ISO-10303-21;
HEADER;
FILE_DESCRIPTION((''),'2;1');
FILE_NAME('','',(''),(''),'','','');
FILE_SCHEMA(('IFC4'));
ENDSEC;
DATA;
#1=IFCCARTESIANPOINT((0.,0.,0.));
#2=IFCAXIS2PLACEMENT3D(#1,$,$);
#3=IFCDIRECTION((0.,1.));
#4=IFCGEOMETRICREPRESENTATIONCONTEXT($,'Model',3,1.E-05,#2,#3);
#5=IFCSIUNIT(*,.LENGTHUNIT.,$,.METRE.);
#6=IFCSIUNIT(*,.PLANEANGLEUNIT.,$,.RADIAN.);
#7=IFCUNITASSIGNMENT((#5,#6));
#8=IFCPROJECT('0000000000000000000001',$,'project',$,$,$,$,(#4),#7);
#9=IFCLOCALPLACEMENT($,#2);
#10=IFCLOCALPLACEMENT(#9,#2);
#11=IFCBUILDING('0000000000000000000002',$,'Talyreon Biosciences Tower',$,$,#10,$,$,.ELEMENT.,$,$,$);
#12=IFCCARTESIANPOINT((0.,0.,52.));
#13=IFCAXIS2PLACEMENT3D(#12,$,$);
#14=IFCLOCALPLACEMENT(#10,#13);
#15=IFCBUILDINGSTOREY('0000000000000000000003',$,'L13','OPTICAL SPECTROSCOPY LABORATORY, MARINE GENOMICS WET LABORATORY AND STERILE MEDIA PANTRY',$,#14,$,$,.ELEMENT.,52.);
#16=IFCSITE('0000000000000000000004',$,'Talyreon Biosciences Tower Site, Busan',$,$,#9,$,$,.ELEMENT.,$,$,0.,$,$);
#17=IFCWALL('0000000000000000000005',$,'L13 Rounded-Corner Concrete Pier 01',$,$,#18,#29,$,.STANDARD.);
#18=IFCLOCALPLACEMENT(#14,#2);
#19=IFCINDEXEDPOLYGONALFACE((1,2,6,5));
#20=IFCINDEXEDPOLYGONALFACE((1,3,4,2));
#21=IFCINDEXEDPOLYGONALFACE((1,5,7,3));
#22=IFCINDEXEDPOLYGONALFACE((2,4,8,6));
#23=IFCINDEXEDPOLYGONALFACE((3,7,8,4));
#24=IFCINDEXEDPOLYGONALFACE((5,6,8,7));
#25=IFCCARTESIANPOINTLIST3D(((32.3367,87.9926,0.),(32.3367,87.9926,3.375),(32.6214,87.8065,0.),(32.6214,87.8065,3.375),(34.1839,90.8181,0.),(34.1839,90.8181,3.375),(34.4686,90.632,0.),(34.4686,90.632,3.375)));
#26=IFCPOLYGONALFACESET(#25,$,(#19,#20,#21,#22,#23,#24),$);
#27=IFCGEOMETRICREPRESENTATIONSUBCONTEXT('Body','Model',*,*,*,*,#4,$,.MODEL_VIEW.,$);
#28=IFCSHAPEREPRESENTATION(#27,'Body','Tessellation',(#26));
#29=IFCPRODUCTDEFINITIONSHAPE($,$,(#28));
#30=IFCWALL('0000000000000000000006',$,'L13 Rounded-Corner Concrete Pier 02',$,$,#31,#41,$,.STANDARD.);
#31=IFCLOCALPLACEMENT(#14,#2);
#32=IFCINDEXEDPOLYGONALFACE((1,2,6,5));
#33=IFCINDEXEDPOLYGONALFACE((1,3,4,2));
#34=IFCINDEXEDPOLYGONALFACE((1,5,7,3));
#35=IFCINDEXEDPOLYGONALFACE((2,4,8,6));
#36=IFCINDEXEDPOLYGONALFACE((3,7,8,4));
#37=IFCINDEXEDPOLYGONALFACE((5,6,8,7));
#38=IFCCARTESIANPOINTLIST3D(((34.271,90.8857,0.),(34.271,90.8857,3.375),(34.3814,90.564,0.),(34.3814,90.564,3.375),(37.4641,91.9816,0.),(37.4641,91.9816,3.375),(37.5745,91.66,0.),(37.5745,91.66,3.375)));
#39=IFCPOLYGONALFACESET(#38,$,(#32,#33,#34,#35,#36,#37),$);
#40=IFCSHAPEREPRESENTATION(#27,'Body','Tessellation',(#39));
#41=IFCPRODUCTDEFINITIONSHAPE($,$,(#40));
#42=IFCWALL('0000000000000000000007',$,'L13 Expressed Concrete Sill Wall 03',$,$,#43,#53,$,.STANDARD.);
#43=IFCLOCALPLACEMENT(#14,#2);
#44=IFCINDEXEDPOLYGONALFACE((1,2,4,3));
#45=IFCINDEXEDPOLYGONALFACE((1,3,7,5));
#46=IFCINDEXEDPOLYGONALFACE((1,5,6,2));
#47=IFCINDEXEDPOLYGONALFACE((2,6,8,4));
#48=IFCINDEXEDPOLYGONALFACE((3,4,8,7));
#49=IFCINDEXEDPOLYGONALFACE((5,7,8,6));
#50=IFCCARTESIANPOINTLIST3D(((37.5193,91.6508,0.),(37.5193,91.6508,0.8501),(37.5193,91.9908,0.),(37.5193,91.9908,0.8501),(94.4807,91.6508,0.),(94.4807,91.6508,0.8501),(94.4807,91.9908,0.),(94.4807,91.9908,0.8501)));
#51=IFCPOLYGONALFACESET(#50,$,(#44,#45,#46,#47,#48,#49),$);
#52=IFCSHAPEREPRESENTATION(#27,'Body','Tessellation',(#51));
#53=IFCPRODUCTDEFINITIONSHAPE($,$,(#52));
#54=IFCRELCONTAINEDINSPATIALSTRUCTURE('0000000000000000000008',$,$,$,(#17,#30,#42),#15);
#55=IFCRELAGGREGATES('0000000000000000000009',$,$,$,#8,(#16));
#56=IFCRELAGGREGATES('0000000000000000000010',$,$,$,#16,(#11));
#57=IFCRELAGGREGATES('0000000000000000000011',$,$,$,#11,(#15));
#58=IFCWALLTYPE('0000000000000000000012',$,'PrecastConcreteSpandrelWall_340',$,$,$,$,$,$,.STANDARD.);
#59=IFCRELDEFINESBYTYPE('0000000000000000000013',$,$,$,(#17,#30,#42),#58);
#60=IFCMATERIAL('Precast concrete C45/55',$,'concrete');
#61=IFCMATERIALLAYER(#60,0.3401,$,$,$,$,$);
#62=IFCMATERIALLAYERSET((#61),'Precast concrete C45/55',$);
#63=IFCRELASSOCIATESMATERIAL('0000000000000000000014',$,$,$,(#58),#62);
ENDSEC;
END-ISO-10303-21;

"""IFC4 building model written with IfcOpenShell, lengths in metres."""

from ifc_helpers import new_model, si_unit, direction, frame, frame_2d, origin, place, context, subcontext, project, spatial, rectangle, extrude, material, layer, layer_set, type_object, element, save


model = new_model("IFC4")

# Units and contexts
model_context = context("Model", 3, precision=1e-05, world=origin(), true_north=direction((0.0, 1.0)))
body_context = subcontext(model_context, "Body", "Model", "MODEL_VIEW")
ifc_project = project(units=[si_unit("LENGTHUNIT", "METRE"), si_unit("PLANEANGLEUNIT", "RADIAN")], contexts=[model_context])

# Site, building, storey
site_placement = place(None, origin())
site = spatial("IfcSite", under=ifc_project, at=site_placement, Name="Talyreon Biosciences Tower Site, Busan", CompositionType="ELEMENT", RefElevation=0.0)
building_placement = place(site_placement, origin())
building = spatial("IfcBuilding", under=site, at=building_placement, Name="Talyreon Biosciences Tower", CompositionType="ELEMENT")
storey_placement = place(building_placement, frame((0.0, 0.0, 52.0)))
storey = spatial("IfcBuildingStorey", under=building, at=storey_placement, Name="L13", Description="OPTICAL SPECTROSCOPY LABORATORY, MARINE GENOMICS WET LABORATORY AND STERILE MEDIA PANTRY", CompositionType="ELEMENT", Elevation=52.0)

# Shared definitions
ifc_material_1 = material(Name="Precast concrete C45/55", Category="concrete")

# Walls
ifc_layer_1 = layer(ifc_material_1, 0.3401)
ifc_layer_set_1 = layer_set([ifc_layer_1], Name="Precast concrete C45/55")
wall_type_1 = type_object("IfcWallType", Name="PrecastConcreteSpandrelWall_340", PredefinedType="STANDARD", material=ifc_layer_set_1)
wall_1_placement = place(storey_placement, frame((32.479, 87.8994, 0.0), z_axis=(0.0, 0.0, 1.0), x_axis=(0.547201, 0.837001, 0.0)))
element("IfcWall", 1, at=wall_1_placement, inside=storey, type_object=wall_type_1, Name="L13 Rounded-Corner Concrete Pier 01", PredefinedType="STANDARD", context=body_context, shape_type="SweptSolid", body=[
    extrude(rectangle(XDim=3.3757, YDim=0.3401, at=frame_2d((1.688, 0.0))), origin(), (0.0, 0.0, 1.0), 3.375),
])
wall_2_placement = place(storey_placement, frame((34.3262, 90.7249, 0.0), z_axis=(0.0, 0.0, 1.0), x_axis=(0.94584, 0.324633, 0.0)))
element("IfcWall", 2, at=wall_2_placement, inside=storey, type_object=wall_type_1, Name="L13 Rounded-Corner Concrete Pier 02", PredefinedType="STANDARD", context=body_context, shape_type="SweptSolid", body=[
    extrude(rectangle(XDim=3.376, YDim=0.3401, at=frame_2d((1.688, 0.0))), origin(), (0.0, 0.0, 1.0), 3.375),
])
wall_3_placement = place(storey_placement, frame((37.5193, 91.8208, 0.0), z_axis=(0.0, 0.0, 1.0), x_axis=(1.0, 0.0, 0.0)))
element("IfcWall", 3, at=wall_3_placement, inside=storey, type_object=wall_type_1, Name="L13 Expressed Concrete Sill Wall 03", PredefinedType="STANDARD", context=body_context, shape_type="SweptSolid", body=[
    extrude(rectangle(XDim=56.9614, YDim=0.3401, at=frame_2d((28.4807, 0.0))), origin(), (0.0, 0.0, 1.0), 0.8501),
])

save(model, "model.ifc")
